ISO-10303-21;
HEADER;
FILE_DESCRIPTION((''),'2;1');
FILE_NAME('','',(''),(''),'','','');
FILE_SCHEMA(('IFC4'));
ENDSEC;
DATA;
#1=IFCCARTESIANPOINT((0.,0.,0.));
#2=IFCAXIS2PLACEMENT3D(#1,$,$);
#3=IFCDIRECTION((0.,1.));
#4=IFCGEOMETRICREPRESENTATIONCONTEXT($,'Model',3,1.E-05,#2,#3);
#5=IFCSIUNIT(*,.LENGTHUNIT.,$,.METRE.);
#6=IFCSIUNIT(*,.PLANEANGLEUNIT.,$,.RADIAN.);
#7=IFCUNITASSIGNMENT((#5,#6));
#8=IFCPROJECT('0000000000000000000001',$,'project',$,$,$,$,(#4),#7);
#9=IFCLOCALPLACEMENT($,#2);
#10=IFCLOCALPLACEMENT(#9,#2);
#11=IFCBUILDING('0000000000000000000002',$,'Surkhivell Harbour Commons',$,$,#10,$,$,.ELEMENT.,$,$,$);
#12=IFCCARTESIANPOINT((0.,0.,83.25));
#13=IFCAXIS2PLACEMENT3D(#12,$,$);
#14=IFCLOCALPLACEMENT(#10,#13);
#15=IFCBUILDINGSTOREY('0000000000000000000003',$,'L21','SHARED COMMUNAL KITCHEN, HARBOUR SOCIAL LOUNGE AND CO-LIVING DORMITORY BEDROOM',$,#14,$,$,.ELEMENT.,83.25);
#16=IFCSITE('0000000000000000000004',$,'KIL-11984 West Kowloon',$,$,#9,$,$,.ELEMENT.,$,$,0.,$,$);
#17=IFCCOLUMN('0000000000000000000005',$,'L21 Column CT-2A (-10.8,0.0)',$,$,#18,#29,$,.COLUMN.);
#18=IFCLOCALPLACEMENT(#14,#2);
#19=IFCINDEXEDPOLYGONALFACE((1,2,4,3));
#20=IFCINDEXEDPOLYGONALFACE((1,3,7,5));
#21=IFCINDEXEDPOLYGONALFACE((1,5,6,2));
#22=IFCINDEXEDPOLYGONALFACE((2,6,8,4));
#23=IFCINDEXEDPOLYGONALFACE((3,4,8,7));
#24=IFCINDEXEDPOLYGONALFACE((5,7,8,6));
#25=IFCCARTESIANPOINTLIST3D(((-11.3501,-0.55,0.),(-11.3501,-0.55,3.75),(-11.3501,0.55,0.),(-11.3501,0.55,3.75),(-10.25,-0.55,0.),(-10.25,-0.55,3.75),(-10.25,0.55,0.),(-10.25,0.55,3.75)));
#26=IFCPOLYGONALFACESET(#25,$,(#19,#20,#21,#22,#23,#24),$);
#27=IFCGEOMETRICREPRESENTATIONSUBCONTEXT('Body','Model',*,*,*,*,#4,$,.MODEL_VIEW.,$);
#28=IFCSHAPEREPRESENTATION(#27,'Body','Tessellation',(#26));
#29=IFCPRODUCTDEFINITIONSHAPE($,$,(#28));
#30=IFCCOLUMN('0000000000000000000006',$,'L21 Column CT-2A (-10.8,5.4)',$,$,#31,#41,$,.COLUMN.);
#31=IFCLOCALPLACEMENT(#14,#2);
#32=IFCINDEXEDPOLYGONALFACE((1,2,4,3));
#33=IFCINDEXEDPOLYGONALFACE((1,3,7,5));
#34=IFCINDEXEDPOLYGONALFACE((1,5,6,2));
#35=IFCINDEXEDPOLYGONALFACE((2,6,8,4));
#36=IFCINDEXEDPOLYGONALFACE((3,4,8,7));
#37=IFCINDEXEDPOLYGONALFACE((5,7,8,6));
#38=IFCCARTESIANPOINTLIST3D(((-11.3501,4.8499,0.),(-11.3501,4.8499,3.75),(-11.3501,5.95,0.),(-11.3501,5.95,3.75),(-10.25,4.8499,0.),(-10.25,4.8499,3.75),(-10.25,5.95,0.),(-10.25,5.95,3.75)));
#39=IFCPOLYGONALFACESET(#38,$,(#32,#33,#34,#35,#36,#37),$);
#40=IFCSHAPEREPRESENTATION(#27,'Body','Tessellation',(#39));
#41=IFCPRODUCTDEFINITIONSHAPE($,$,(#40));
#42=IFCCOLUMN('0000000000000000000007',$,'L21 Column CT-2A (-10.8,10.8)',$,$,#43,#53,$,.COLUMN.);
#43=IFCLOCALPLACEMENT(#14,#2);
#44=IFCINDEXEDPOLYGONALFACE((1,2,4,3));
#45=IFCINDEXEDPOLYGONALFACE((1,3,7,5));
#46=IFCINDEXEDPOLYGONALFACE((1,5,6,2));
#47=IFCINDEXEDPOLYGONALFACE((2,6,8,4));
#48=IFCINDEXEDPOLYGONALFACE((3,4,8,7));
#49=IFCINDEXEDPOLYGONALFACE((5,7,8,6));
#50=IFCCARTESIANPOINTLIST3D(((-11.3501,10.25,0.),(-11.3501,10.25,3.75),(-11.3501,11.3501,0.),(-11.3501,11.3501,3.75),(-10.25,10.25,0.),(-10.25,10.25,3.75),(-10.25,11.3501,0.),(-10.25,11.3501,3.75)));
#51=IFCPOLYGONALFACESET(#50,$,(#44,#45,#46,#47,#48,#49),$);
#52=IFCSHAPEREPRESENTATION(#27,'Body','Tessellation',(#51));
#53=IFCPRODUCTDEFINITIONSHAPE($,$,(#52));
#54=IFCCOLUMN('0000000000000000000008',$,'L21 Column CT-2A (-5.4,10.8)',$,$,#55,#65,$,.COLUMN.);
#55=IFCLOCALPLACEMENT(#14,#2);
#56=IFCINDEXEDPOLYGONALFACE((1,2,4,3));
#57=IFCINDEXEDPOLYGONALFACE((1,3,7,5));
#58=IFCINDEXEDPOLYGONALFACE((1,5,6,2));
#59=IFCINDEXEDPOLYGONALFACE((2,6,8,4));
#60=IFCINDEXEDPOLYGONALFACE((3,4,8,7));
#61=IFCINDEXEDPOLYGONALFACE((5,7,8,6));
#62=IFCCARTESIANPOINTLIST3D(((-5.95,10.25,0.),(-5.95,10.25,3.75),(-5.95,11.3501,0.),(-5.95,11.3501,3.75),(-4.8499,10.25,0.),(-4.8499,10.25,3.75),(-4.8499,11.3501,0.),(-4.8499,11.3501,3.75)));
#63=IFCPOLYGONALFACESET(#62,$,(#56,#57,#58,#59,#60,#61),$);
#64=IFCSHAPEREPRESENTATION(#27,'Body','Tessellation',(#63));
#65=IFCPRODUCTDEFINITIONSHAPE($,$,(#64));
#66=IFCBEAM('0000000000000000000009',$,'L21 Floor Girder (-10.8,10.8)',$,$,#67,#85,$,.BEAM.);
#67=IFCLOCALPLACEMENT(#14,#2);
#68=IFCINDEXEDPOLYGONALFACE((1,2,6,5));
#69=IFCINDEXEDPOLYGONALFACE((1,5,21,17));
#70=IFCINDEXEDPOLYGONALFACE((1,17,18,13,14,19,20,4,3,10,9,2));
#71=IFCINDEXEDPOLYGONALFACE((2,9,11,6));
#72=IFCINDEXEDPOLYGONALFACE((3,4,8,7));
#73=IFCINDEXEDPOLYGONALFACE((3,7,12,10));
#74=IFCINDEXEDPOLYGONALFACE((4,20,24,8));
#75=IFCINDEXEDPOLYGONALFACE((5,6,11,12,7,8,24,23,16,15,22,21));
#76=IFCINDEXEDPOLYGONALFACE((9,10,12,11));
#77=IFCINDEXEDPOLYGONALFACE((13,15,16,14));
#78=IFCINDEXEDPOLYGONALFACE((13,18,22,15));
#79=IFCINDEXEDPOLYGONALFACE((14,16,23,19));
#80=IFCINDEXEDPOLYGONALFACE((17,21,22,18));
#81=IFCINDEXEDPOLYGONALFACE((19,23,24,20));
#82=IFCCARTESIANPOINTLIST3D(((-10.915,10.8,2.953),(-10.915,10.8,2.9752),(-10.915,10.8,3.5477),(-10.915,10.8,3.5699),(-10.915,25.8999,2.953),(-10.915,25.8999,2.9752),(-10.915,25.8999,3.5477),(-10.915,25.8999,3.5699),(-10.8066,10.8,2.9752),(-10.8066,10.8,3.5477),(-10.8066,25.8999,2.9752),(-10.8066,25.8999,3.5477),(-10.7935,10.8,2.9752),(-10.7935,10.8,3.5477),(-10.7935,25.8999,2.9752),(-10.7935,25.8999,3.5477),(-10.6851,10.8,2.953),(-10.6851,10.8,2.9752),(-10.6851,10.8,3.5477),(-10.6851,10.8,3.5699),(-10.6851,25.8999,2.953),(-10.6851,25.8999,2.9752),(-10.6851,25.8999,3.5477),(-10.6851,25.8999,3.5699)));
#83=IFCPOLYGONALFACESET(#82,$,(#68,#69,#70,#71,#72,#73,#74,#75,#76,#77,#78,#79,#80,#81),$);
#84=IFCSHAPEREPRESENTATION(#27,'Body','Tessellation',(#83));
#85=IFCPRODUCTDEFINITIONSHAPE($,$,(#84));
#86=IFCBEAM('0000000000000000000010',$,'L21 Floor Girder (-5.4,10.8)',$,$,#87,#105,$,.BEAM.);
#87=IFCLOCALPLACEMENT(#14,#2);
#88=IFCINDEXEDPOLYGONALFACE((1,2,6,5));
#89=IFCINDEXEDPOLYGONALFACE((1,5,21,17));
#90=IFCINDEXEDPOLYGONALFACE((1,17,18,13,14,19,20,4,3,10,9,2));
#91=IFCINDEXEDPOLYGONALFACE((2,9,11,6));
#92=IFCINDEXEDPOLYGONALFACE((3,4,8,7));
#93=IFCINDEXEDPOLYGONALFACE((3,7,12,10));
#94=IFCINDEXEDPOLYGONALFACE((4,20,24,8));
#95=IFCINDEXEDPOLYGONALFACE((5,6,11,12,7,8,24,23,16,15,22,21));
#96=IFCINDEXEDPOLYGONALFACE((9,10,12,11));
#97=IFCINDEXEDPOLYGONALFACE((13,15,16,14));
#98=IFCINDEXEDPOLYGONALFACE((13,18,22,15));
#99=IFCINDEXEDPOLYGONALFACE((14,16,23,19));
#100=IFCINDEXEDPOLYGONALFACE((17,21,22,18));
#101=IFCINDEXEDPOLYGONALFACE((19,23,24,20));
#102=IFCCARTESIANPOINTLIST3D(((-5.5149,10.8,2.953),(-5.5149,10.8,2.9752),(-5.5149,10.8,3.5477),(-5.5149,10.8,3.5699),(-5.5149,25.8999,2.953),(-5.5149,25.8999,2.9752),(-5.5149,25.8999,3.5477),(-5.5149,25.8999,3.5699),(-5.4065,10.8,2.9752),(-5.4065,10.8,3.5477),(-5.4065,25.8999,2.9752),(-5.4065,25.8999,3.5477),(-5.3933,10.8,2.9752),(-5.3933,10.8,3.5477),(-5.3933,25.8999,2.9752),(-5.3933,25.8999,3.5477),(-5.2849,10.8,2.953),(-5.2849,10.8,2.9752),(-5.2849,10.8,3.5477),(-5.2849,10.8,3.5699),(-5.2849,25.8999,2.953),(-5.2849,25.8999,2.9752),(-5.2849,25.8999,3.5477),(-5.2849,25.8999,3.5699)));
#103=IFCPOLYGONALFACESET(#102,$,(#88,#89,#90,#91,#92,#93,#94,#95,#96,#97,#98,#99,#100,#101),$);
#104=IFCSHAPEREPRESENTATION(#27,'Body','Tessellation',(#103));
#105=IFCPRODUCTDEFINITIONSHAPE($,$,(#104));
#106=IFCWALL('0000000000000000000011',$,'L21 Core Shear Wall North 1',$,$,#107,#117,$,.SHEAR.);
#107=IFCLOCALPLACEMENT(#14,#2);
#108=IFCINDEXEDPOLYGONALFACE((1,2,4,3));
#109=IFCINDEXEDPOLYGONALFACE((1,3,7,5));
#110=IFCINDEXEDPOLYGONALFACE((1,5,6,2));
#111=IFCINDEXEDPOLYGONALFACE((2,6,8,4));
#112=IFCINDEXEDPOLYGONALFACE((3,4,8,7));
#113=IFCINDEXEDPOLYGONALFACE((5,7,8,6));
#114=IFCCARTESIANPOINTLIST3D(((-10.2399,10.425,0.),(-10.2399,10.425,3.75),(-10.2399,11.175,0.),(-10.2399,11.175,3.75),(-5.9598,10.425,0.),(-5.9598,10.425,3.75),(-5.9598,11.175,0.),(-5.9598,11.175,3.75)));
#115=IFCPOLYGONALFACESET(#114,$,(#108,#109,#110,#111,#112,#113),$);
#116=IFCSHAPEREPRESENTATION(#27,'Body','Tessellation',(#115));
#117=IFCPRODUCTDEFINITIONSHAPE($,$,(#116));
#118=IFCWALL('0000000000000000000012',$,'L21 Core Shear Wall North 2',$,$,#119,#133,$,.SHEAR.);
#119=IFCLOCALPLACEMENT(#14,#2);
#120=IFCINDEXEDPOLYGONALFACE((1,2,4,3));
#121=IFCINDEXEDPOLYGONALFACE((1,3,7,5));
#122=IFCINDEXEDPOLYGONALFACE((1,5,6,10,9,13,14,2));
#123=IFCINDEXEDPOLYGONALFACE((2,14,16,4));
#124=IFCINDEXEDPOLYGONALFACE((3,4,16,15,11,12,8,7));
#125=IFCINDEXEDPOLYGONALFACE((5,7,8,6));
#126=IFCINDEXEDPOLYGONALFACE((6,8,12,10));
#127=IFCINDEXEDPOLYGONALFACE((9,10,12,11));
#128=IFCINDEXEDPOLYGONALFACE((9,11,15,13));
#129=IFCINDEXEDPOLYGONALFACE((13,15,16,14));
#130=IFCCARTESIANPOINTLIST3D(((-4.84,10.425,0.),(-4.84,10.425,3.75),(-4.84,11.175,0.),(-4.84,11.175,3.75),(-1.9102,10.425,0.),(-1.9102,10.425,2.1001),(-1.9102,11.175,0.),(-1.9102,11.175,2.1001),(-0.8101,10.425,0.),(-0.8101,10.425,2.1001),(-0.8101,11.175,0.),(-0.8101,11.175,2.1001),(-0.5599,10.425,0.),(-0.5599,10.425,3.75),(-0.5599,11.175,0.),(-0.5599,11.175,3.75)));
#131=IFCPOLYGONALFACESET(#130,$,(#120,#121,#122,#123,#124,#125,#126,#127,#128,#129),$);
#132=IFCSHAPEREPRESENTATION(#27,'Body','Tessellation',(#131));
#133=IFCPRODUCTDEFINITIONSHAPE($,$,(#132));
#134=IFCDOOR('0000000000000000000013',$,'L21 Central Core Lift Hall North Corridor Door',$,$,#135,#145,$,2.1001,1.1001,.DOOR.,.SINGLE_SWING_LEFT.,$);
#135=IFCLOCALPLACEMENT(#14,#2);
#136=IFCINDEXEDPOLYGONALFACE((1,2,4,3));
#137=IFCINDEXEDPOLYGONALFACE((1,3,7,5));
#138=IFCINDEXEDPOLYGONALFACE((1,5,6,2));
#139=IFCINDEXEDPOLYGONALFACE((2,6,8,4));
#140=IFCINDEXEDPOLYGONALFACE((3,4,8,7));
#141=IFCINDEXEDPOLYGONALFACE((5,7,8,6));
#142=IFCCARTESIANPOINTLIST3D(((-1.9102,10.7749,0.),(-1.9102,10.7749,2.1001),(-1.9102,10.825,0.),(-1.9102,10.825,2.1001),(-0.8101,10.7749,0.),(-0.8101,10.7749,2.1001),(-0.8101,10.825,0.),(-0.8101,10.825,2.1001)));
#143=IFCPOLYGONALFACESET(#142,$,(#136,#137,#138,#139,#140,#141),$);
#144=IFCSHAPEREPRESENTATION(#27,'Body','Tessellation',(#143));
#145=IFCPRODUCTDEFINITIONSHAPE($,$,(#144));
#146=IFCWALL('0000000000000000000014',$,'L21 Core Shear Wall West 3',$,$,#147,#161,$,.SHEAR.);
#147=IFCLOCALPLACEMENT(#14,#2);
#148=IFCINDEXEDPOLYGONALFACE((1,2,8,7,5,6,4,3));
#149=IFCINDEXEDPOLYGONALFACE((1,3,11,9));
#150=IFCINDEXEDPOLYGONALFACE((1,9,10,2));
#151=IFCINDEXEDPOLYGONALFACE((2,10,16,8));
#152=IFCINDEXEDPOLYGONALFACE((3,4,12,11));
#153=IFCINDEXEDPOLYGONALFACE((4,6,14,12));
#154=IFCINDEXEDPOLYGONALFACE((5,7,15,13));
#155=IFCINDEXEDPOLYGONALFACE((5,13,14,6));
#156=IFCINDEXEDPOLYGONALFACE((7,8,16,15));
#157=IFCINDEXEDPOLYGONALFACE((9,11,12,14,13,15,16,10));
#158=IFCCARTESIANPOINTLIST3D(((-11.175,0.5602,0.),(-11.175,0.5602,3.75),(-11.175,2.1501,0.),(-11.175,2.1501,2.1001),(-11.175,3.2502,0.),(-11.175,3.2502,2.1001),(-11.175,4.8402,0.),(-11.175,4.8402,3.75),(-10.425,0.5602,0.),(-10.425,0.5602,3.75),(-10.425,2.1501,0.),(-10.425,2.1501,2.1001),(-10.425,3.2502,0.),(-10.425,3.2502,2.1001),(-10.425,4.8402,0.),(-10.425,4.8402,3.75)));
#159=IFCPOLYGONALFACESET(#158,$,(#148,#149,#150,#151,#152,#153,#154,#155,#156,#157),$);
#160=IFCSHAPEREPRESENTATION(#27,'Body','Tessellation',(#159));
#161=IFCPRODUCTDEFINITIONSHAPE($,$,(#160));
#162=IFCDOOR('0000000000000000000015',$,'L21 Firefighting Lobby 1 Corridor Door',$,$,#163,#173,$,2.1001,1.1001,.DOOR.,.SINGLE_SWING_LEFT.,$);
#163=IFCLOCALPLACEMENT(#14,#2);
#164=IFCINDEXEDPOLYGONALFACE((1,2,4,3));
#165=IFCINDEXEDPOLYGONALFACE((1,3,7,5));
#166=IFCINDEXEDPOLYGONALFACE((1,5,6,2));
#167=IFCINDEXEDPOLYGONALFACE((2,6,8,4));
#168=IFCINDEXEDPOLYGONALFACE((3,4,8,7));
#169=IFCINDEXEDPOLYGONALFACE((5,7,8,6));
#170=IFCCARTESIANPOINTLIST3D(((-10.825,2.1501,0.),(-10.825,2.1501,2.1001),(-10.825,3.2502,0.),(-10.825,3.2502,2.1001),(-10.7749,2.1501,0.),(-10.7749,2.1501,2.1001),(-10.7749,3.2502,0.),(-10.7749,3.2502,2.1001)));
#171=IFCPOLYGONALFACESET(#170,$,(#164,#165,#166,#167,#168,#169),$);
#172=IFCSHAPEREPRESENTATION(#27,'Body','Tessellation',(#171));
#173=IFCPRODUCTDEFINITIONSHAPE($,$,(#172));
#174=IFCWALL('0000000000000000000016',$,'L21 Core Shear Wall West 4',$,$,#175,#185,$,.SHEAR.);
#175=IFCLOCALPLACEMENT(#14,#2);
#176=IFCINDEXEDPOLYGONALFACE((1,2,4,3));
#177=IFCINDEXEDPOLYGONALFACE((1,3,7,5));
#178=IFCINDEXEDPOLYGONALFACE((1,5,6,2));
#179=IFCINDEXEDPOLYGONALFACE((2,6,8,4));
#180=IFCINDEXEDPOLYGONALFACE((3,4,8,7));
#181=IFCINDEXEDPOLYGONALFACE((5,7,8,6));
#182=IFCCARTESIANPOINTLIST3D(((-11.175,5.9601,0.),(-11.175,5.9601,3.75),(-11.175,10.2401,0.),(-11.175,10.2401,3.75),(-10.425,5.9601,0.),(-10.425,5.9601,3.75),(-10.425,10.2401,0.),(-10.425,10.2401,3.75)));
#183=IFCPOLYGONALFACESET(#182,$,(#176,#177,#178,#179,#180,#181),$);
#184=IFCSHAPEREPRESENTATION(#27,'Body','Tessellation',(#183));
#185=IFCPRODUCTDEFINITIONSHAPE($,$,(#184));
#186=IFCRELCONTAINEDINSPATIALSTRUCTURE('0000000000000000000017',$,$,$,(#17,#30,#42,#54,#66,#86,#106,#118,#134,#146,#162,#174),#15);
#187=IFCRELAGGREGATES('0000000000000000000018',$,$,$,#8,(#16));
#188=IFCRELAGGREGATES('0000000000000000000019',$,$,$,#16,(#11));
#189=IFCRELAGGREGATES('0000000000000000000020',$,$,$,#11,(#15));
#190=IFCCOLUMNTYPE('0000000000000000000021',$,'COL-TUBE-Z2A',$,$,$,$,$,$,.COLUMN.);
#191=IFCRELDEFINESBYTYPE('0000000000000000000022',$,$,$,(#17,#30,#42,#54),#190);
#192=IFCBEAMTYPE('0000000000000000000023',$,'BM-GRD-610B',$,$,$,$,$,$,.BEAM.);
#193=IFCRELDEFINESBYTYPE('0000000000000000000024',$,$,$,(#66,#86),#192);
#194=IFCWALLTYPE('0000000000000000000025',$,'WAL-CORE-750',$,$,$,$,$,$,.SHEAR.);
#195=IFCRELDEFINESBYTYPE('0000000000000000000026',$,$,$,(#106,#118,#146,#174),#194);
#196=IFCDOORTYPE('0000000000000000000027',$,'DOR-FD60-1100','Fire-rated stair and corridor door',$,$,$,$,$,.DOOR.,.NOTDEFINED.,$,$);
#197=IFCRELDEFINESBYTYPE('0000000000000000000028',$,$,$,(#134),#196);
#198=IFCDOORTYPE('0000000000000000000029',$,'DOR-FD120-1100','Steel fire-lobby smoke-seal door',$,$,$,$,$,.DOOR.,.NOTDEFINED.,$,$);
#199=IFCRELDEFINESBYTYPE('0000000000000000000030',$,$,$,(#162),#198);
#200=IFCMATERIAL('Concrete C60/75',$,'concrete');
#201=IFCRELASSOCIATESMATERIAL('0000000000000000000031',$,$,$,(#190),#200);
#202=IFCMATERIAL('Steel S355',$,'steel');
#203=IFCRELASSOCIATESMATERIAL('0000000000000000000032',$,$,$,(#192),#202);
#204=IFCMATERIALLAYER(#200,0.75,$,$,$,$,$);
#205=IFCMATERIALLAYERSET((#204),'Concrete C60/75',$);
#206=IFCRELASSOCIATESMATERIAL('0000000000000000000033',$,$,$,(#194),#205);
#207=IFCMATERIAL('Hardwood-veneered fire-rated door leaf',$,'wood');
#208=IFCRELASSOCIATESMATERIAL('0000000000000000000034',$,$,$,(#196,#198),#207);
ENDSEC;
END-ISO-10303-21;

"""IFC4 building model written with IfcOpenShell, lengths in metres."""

from ifc_helpers import new_model, si_unit, direction, frame, frame_2d, origin, origin_2d, place, context, subcontext, project, spatial, rectangle, i_section, extrude, material, layer, layer_set, material_profile, profile_set, type_object, element, fill, save


model = new_model("IFC4")

# Units and contexts
model_context = context("Model", 3, precision=1e-05, world=origin(), true_north=direction((0.0, 1.0)))
body_context = subcontext(model_context, "Body", "Model", "MODEL_VIEW")
ifc_project = project(units=[si_unit("LENGTHUNIT", "METRE"), si_unit("PLANEANGLEUNIT", "RADIAN")], contexts=[model_context])

# Site, building, storey
site_placement = place(None, origin())
site = spatial("IfcSite", under=ifc_project, at=site_placement, Name="KIL-11984 West Kowloon", CompositionType="ELEMENT", RefElevation=0.0)
building_placement = place(site_placement, origin())
building = spatial("IfcBuilding", under=site, at=building_placement, Name="Surkhivell Harbour Commons", CompositionType="ELEMENT")
storey_placement = place(building_placement, frame((0.0, 0.0, 83.25)))
storey = spatial("IfcBuildingStorey", under=building, at=storey_placement, Name="L21", Description="SHARED COMMUNAL KITCHEN, HARBOUR SOCIAL LOUNGE AND CO-LIVING DORMITORY BEDROOM", CompositionType="ELEMENT", Elevation=83.25)

# Columns
ifc_material_1 = material(Name="Concrete C60/75", Category="concrete")
ifc_material_profile_1 = material_profile(ifc_material_1, rectangle(XDim=1.1001, YDim=1.1001, at=origin_2d()), Name="RC-COL-1100x1100")
ifc_profile_set_1 = profile_set([ifc_material_profile_1], Name="Concrete C60/75")
column_type = type_object("IfcColumnType", Name="COL-TUBE-Z2A", PredefinedType="COLUMN", material=ifc_profile_set_1)
for number, where, z_axis, x_axis, name in (
    (1, (-10.8, 0.0, 0.0), (0.0, 0.0, 1.0), (1.0, 0.0, 0.0), "L21 Column CT-2A (-10.8,0.0)"),
    (2, (-10.8, 5.3999, 0.0), (0.0, 0.0, 1.0), (1.0, 0.0, 0.0), "L21 Column CT-2A (-10.8,5.4)"),
    (3, (-10.8, 10.8, 0.0), (0.0, 0.0, 1.0), (1.0, 0.0, 0.0), "L21 Column CT-2A (-10.8,10.8)"),
    (4, (-5.3999, 10.8, 0.0), (0.0, 0.0, 1.0), (1.0, 0.0, 0.0), "L21 Column CT-2A (-5.4,10.8)"),
):
    element("IfcColumn", number, at=place(storey_placement, frame(where, z_axis=z_axis, x_axis=x_axis)), inside=storey, type_object=column_type, Name=name, PredefinedType="COLUMN", context=body_context, shape_type="SweptSolid", body=[
        extrude(rectangle(XDim=1.1001, YDim=1.1001, at=origin_2d()), origin(), (0.0, 0.0, 1.0), 3.75),
    ])

# Beams
ifc_material_2 = material(Name="Steel S355", Category="steel")
ifc_material_profile_2 = material_profile(ifc_material_2, i_section(OverallWidth=0.23, OverallDepth=0.6169, WebThickness=0.0132, FlangeThickness=0.0222, at=origin_2d()), Name="UB610x229x140")
ifc_profile_set_2 = profile_set([ifc_material_profile_2], Name="Steel S355")
beam_type = type_object("IfcBeamType", Name="BM-GRD-610B", PredefinedType="BEAM", material=ifc_profile_set_2)
for number, where, z_axis, x_axis, name in (
    (5, (-10.8, 10.8, 3.2615), (0.0, 1.0, 0.0), (-1.0, 0.0, 0.0), "L21 Floor Girder (-10.8,10.8)"),
    (6, (-5.3999, 10.8, 3.2615), (0.0, 1.0, 0.0), (-1.0, 0.0, 0.0), "L21 Floor Girder (-5.4,10.8)"),
):
    element("IfcBeam", number, at=place(storey_placement, frame(where, z_axis=z_axis, x_axis=x_axis)), inside=storey, type_object=beam_type, Name=name, PredefinedType="BEAM", context=body_context, shape_type="SweptSolid", body=[
        extrude(i_section(OverallWidth=0.23, OverallDepth=0.6169, WebThickness=0.0132, FlangeThickness=0.0222, at=origin_2d()), origin(), (0.0, 0.0, 1.0), 15.0999),
    ])

# Wall
ifc_layer_1 = layer(ifc_material_1, 0.75)
ifc_layer_set_1 = layer_set([ifc_layer_1], Name="Concrete C60/75")
wall_type_1 = type_object("IfcWallType", Name="WAL-CORE-750", PredefinedType="SHEAR", material=ifc_layer_set_1)
wall_1_placement = place(storey_placement, frame((-10.24, 10.8, 0.0), z_axis=(0.0, 0.0, 1.0), x_axis=(1.0, 0.0, 0.0)))
element("IfcWall", 7, at=wall_1_placement, inside=storey, type_object=wall_type_1, Name="L21 Core Shear Wall North 1", PredefinedType="SHEAR", context=body_context, shape_type="SweptSolid", body=[
    extrude(rectangle(XDim=4.28, YDim=0.75, at=frame_2d((2.1401, 0.0))), origin(), (0.0, 0.0, 1.0), 3.75),
])

# Walls, openings, doors
wall_2_placement = place(storey_placement, frame((-4.8401, 10.8, 0.0), z_axis=(0.0, 0.0, 1.0), x_axis=(1.0, 0.0, 0.0)))
wall_2 = element("IfcWall", 8, at=wall_2_placement, inside=storey, type_object=wall_type_1, Name="L21 Core Shear Wall North 2", PredefinedType="SHEAR", context=body_context, shape_type="SweptSolid", body=[
    extrude(rectangle(XDim=4.28, YDim=0.75, at=frame_2d((2.1401, 0.0))), origin(), (0.0, 0.0, 1.0), 3.75),
])
opening_1_placement = place(wall_2_placement, frame((2.9299, 0.0, 0.0)))
opening_1 = element("IfcOpeningElement", 9, at=opening_1_placement, cuts=wall_2, PredefinedType="OPENING", context=body_context, shape_type="SweptSolid", body=[
    extrude(rectangle(XDim=1.1001, YDim=2.1001, at=frame_2d((0.55, 1.05))), frame((0.0, 0.385, 0.0), z_axis=(0.0, -1.0, 0.0), x_axis=(1.0, 0.0, 0.0)), (0.0, 0.0, 1.0), 0.77),
])
ifc_material_3 = material(Name="Hardwood-veneered fire-rated door leaf", Category="wood")
door_type_1 = type_object("IfcDoorType", Name="DOR-FD60-1100", Description="Fire-rated stair and corridor door", OperationType="NOTDEFINED", PredefinedType="DOOR", material=ifc_material_3)
door_1_placement = place(opening_1_placement, origin())
door_1 = element("IfcDoor", 10, at=door_1_placement, inside=storey, type_object=door_type_1, Name="L21 Central Core Lift Hall North Corridor Door", OperationType="SINGLE_SWING_LEFT", OverallHeight=2.1001, OverallWidth=1.1001, PredefinedType="DOOR", context=body_context, shape_type="SweptSolid", body=[
    extrude(rectangle(XDim=1.1001, YDim=2.1001, at=frame_2d((0.55, 1.05))), frame((0.0, 0.0249, 0.0), z_axis=(0.0, -1.0, 0.0), x_axis=(1.0, 0.0, 0.0)), (0.0, 0.0, 1.0), 0.05),
])
fill(opening_1, door_1)
wall_3_placement = place(storey_placement, frame((-10.8, 0.5601, 0.0), z_axis=(0.0, 0.0, 1.0), x_axis=(0.0, 1.0, 0.0)))
wall_3 = element("IfcWall", 11, at=wall_3_placement, inside=storey, type_object=wall_type_1, Name="L21 Core Shear Wall West 3", PredefinedType="SHEAR", context=body_context, shape_type="SweptSolid", body=[
    extrude(rectangle(XDim=4.28, YDim=0.75, at=frame_2d((2.1401, 0.0))), origin(), (0.0, 0.0, 1.0), 3.75),
])
opening_2_placement = place(wall_3_placement, frame((1.5901, 0.0, 0.0)))
opening_2 = element("IfcOpeningElement", 12, at=opening_2_placement, cuts=wall_3, PredefinedType="OPENING", context=body_context, shape_type="SweptSolid", body=[
    extrude(rectangle(XDim=1.1001, YDim=2.1001, at=frame_2d((0.55, 1.05))), frame((0.0, 0.385, 0.0), z_axis=(0.0, -1.0, 0.0), x_axis=(1.0, 0.0, 0.0)), (0.0, 0.0, 1.0), 0.77),
])
door_type_2 = type_object("IfcDoorType", Name="DOR-FD120-1100", Description="Steel fire-lobby smoke-seal door", OperationType="NOTDEFINED", PredefinedType="DOOR", material=ifc_material_3)
door_2_placement = place(opening_2_placement, origin())
door_2 = element("IfcDoor", 13, at=door_2_placement, inside=storey, type_object=door_type_2, Name="L21 Firefighting Lobby 1 Corridor Door", OperationType="SINGLE_SWING_LEFT", OverallHeight=2.1001, OverallWidth=1.1001, PredefinedType="DOOR", context=body_context, shape_type="SweptSolid", body=[
    extrude(rectangle(XDim=1.1001, YDim=2.1001, at=frame_2d((0.55, 1.05))), frame((0.0, 0.0249, 0.0), z_axis=(0.0, -1.0, 0.0), x_axis=(1.0, 0.0, 0.0)), (0.0, 0.0, 1.0), 0.05),
])
fill(opening_2, door_2)

# Wall
wall_4_placement = place(storey_placement, frame((-10.8, 5.96, 0.0), z_axis=(0.0, 0.0, 1.0), x_axis=(0.0, 1.0, 0.0)))
element("IfcWall", 14, at=wall_4_placement, inside=storey, type_object=wall_type_1, Name="L21 Core Shear Wall West 4", PredefinedType="SHEAR", context=body_context, shape_type="SweptSolid", body=[
    extrude(rectangle(XDim=4.28, YDim=0.75, at=frame_2d((2.1401, 0.0))), origin(), (0.0, 0.0, 1.0), 3.75),
])

save(model, "model.ifc")
